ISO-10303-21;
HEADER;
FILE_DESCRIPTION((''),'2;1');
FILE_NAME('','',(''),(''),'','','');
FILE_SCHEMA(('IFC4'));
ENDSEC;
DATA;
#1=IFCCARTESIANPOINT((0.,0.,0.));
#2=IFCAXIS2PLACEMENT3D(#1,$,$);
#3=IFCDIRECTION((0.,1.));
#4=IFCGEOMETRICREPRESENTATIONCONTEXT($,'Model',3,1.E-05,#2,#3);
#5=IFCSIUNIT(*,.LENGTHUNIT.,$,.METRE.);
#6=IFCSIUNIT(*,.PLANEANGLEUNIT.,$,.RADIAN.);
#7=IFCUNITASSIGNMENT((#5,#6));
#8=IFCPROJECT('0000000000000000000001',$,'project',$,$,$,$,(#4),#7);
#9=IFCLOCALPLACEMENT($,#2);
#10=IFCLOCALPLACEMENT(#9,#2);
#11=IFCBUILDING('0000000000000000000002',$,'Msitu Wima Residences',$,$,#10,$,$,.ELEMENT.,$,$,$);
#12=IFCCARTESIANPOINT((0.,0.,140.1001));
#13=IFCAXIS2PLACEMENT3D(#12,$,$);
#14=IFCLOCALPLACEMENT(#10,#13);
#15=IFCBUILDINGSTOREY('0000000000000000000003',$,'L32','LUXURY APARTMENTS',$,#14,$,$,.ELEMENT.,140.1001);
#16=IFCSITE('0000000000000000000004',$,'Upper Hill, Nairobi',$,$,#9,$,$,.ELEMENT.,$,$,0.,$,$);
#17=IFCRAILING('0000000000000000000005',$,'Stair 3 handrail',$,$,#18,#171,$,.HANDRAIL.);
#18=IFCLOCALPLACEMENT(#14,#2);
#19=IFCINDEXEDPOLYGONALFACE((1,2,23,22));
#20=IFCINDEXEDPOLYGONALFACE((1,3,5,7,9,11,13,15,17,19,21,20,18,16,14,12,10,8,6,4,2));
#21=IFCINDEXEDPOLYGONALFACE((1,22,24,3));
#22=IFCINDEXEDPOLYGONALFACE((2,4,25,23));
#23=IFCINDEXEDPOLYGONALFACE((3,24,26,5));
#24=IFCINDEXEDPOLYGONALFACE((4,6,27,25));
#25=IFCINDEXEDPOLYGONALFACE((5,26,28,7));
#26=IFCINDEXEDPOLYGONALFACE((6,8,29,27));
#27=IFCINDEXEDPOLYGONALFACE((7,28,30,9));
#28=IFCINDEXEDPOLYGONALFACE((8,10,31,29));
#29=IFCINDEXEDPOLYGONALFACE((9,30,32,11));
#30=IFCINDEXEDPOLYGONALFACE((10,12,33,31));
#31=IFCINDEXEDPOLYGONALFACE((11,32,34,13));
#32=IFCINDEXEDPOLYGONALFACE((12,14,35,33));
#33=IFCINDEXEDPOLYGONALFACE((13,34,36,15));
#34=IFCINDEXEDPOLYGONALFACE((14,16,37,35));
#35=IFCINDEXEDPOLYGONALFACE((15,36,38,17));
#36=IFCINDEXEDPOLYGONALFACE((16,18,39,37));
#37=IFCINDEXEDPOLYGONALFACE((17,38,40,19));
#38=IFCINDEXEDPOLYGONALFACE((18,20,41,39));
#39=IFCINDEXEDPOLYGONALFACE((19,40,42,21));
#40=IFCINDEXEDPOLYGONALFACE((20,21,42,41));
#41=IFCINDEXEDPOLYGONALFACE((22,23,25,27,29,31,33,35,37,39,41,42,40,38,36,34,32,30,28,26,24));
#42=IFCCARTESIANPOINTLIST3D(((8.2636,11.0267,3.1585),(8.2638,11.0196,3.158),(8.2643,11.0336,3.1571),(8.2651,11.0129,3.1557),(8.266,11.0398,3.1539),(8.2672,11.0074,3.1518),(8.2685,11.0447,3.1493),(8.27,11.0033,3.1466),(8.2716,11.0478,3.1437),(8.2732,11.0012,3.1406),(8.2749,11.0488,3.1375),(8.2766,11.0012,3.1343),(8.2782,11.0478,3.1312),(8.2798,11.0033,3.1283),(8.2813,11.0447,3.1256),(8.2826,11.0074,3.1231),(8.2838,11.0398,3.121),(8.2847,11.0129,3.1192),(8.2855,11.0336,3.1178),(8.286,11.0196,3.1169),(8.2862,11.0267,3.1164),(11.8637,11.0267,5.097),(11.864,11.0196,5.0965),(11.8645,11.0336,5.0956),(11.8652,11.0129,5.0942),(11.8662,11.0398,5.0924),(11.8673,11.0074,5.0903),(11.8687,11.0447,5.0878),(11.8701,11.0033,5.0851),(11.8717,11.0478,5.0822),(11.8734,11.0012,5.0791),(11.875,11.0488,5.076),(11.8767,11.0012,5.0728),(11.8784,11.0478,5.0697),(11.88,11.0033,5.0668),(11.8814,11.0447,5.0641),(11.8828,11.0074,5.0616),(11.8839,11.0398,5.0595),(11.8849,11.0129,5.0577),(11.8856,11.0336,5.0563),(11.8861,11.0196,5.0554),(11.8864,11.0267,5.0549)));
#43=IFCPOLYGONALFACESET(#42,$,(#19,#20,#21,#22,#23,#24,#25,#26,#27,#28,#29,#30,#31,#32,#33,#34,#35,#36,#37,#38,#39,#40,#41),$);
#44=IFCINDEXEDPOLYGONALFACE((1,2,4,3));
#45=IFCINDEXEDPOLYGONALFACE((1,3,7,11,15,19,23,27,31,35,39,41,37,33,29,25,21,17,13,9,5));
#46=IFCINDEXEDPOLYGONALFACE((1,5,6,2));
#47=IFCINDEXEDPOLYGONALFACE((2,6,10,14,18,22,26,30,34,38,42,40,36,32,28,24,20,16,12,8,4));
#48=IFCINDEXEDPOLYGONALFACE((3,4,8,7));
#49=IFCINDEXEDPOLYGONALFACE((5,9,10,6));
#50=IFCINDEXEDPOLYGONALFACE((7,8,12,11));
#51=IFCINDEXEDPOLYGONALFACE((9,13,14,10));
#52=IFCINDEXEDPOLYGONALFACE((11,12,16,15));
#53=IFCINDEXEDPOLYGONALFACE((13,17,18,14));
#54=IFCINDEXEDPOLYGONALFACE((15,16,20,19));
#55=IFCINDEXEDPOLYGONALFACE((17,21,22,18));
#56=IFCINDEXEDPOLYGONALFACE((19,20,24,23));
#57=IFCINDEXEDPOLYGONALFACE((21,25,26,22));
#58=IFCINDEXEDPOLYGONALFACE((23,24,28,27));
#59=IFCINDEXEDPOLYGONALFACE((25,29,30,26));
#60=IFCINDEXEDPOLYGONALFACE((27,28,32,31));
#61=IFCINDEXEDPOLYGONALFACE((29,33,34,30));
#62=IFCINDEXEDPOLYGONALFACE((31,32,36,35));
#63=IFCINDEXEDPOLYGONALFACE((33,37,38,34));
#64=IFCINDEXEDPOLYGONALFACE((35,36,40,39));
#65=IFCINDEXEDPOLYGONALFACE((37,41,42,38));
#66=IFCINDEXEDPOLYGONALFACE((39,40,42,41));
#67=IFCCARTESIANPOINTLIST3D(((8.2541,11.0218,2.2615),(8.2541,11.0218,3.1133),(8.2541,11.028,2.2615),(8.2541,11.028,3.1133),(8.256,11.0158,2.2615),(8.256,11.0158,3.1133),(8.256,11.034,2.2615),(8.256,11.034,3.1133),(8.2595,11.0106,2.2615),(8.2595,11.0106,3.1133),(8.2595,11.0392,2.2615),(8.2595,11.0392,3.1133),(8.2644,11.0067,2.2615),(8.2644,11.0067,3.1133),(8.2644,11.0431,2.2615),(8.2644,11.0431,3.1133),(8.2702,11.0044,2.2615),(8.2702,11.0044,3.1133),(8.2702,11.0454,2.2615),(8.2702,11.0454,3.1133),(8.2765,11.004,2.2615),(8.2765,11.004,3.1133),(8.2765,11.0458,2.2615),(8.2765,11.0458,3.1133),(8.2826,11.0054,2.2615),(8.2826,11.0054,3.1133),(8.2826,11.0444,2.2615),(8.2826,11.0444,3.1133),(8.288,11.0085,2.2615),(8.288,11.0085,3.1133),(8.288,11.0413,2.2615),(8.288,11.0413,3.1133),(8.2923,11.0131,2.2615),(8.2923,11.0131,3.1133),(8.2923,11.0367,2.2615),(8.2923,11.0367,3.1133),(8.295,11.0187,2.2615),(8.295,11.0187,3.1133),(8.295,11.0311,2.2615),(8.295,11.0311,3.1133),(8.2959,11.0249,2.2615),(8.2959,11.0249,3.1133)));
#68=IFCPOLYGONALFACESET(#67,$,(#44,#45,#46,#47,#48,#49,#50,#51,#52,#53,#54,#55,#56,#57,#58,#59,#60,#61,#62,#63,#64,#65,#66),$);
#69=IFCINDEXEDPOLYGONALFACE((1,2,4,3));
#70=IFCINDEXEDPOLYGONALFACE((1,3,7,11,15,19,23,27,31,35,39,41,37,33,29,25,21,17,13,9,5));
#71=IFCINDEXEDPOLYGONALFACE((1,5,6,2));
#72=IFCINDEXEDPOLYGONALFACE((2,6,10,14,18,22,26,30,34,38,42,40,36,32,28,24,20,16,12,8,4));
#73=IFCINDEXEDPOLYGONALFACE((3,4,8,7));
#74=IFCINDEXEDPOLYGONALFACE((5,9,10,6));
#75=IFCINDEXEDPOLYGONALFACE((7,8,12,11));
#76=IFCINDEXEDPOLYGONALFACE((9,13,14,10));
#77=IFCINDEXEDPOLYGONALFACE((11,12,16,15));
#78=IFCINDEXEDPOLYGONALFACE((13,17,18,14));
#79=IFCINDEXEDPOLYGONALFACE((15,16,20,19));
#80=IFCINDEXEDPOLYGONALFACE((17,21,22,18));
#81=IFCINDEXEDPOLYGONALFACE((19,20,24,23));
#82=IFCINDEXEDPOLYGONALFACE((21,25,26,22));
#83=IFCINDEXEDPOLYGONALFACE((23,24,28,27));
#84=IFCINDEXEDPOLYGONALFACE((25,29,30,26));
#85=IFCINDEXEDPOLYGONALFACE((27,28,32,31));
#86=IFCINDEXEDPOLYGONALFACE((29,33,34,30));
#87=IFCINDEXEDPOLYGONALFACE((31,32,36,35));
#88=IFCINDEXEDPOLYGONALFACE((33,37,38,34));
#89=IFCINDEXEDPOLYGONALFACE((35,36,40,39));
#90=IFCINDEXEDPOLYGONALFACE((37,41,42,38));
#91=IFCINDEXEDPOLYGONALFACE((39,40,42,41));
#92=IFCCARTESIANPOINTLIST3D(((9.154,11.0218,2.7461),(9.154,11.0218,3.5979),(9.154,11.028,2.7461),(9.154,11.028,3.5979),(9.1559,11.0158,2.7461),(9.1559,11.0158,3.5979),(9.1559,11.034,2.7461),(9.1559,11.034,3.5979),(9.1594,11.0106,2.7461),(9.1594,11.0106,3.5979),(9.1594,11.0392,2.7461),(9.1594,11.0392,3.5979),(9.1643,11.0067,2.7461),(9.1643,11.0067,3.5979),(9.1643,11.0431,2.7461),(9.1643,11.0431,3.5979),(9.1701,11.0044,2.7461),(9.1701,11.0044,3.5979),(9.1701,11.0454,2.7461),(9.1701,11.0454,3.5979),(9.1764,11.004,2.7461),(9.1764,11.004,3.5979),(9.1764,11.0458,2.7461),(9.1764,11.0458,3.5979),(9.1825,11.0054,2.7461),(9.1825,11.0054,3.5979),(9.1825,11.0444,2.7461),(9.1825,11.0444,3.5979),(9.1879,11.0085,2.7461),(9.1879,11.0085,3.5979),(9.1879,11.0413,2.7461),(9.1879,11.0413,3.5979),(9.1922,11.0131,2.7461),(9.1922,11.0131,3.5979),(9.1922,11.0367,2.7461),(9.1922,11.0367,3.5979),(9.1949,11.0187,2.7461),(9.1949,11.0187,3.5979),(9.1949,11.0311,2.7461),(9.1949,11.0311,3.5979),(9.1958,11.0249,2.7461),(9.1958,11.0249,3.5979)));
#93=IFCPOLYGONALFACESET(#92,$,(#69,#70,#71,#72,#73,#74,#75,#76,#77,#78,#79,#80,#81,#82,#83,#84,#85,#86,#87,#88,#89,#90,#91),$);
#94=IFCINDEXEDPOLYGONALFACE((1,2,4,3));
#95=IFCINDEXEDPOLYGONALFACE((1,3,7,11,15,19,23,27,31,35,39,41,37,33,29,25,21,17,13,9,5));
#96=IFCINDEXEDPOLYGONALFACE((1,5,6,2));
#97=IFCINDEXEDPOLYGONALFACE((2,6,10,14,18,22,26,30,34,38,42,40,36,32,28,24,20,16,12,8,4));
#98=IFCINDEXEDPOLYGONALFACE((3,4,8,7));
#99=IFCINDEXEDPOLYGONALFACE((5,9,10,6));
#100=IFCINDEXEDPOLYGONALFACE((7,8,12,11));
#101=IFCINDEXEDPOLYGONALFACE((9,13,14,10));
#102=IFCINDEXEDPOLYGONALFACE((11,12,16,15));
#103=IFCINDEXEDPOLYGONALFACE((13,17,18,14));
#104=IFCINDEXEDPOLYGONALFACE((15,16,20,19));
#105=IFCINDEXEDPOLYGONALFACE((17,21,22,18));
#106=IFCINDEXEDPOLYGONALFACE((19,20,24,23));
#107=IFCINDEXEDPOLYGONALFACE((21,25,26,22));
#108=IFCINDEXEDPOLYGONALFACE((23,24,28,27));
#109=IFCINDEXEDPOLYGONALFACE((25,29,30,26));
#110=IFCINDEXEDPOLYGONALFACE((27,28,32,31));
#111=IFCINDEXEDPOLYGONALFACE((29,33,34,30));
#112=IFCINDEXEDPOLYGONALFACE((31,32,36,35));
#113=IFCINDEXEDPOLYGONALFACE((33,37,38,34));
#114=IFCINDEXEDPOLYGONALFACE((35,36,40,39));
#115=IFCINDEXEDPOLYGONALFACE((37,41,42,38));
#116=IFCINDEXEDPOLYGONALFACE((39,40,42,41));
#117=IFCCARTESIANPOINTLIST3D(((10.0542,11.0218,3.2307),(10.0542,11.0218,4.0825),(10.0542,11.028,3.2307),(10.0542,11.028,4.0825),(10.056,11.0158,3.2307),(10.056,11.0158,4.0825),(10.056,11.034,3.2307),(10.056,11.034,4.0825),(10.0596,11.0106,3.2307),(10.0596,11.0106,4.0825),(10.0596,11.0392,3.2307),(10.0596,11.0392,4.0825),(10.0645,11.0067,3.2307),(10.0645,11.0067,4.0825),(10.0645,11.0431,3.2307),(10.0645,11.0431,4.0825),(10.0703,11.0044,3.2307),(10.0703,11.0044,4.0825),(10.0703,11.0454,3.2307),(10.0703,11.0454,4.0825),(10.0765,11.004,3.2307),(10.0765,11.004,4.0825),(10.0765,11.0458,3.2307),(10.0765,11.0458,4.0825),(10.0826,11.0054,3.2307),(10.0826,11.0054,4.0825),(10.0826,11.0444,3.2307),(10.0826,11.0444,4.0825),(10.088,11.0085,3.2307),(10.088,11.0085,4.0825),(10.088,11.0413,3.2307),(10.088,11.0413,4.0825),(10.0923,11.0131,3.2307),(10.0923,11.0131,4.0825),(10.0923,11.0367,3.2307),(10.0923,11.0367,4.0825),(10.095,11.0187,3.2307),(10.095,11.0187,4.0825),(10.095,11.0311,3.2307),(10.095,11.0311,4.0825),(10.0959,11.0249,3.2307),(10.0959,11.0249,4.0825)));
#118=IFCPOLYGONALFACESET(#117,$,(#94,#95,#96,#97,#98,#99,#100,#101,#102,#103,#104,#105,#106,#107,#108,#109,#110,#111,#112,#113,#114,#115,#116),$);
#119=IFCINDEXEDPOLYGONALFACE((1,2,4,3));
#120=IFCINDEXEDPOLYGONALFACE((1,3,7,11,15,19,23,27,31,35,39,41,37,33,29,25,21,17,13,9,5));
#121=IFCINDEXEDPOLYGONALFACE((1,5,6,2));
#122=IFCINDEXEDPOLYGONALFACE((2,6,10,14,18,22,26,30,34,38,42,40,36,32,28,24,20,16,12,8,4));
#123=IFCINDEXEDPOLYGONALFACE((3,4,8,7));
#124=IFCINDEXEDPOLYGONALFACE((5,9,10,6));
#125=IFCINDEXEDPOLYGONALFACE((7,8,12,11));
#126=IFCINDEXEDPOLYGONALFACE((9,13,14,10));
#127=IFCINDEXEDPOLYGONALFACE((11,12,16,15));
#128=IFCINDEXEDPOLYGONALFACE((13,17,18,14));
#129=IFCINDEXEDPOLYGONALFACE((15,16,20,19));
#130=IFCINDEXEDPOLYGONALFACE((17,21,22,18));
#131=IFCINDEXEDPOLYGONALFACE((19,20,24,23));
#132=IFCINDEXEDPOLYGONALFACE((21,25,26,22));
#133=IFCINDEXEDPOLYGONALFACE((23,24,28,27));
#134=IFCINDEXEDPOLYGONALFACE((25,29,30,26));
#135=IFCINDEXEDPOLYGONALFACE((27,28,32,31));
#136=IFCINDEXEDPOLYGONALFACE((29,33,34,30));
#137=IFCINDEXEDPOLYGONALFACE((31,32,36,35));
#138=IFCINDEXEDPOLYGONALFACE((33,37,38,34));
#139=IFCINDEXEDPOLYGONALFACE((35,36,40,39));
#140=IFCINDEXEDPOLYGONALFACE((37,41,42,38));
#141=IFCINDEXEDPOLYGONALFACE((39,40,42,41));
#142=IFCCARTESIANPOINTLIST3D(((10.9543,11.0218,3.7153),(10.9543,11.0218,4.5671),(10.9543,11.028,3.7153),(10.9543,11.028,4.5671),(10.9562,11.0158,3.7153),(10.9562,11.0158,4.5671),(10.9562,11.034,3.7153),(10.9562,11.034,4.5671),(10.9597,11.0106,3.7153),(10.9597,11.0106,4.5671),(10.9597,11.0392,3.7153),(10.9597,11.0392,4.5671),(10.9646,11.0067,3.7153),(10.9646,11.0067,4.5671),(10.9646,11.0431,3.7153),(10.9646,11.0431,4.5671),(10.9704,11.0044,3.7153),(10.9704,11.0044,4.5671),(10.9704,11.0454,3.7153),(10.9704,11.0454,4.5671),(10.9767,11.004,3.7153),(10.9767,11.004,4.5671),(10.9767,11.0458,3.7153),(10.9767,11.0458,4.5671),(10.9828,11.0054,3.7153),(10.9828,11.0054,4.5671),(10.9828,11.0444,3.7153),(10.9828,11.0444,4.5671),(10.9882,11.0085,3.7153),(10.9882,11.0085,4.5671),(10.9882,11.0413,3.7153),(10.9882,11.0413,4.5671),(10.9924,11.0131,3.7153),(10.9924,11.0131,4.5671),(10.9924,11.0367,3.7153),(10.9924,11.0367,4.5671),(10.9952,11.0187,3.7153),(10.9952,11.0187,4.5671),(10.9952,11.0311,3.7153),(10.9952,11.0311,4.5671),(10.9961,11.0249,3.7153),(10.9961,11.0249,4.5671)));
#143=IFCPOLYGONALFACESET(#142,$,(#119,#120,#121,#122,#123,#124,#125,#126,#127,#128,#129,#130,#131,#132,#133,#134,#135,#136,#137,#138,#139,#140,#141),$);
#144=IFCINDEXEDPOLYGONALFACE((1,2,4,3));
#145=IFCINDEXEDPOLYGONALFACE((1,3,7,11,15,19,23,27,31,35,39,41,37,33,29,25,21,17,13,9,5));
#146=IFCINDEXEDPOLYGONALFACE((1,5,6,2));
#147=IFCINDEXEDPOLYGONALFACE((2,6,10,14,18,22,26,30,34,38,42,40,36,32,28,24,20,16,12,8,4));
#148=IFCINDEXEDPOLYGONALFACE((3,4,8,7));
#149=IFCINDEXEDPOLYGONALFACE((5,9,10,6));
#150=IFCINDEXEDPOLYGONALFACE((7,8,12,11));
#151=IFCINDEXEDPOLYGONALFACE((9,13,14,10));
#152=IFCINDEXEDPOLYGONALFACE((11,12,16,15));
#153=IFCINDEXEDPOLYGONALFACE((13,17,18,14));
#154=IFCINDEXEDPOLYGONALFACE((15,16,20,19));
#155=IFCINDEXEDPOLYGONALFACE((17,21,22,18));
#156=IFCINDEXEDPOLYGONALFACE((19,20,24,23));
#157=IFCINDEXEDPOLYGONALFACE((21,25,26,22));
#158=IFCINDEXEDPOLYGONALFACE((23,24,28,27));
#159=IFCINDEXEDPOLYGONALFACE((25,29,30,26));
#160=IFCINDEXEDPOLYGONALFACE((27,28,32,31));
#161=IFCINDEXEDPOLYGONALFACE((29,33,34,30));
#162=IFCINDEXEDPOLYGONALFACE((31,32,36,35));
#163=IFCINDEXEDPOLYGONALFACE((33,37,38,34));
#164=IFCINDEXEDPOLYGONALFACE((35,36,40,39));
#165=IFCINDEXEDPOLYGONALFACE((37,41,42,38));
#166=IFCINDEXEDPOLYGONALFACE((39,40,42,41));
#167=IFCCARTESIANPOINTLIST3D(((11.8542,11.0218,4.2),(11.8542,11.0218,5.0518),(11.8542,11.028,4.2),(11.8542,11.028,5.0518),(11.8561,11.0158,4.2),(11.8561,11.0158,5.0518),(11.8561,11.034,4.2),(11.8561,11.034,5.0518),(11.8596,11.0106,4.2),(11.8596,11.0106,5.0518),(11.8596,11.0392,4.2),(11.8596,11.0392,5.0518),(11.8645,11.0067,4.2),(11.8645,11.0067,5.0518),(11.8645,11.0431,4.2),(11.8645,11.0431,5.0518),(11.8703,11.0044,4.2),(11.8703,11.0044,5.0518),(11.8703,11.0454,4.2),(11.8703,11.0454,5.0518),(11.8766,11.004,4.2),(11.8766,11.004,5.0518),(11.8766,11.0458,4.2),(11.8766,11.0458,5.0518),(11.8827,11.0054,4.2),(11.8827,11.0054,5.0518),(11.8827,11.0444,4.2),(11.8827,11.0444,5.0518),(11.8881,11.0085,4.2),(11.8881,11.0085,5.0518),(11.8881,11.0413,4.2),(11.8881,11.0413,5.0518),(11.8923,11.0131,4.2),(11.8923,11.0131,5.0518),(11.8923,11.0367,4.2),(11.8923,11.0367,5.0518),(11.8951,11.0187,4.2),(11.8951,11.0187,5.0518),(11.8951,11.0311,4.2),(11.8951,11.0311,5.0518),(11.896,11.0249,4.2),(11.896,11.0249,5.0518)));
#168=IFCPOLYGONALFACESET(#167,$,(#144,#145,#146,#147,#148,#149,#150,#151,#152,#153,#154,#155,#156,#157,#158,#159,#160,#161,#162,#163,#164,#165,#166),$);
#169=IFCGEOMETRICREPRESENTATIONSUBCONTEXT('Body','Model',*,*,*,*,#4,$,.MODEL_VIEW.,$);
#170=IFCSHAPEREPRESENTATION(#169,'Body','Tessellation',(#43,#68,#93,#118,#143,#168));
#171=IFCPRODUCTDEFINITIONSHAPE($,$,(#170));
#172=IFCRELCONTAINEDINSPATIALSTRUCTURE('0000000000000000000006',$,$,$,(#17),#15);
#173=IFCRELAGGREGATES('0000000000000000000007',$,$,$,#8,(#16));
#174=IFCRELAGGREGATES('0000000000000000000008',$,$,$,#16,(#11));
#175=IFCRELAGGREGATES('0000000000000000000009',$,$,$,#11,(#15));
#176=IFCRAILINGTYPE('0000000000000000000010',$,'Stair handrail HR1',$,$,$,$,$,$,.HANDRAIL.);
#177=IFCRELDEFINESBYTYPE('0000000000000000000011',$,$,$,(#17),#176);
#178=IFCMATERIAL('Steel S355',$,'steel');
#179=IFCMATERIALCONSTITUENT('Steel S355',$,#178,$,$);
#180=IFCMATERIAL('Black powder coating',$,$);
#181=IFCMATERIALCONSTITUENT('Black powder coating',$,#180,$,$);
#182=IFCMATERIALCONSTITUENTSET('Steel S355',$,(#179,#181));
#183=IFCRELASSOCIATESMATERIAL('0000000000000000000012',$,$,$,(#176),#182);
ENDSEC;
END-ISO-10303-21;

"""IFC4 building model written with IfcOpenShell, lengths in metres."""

from ifc_helpers import new_model, si_unit, direction, frame, origin, origin_2d, place, context, subcontext, project, spatial, circle, extrude, material, constituent, constituent_set, type_object, element, save


model = new_model("IFC4")

# Units and contexts
model_context = context("Model", 3, precision=1e-05, world=origin(), true_north=direction((0.0, 1.0)))
body_context = subcontext(model_context, "Body", "Model", "MODEL_VIEW")
ifc_project = project(units=[si_unit("LENGTHUNIT", "METRE"), si_unit("PLANEANGLEUNIT", "RADIAN")], contexts=[model_context])

# Site, building, storey
site_placement = place(None, origin())
site = spatial("IfcSite", under=ifc_project, at=site_placement, Name="Upper Hill, Nairobi", CompositionType="ELEMENT", RefElevation=0.0)
building_placement = place(site_placement, origin())
building = spatial("IfcBuilding", under=site, at=building_placement, Name="Msitu Wima Residences", CompositionType="ELEMENT")
storey_placement = place(building_placement, frame((0.0, 0.0, 140.1001)))
storey = spatial("IfcBuildingStorey", under=building, at=storey_placement, Name="L32", Description="LUXURY APARTMENTS", CompositionType="ELEMENT", Elevation=140.1001)

# Railing
ifc_material_1 = material(Name="Steel S355", Category="steel")
ifc_constituent_1 = constituent(ifc_material_1, Name="Steel S355")
ifc_material_2 = material(Name="Black powder coating")
ifc_constituent_2 = constituent(ifc_material_2, Name="Black powder coating")
ifc_constituent_set = constituent_set(constituents=[ifc_constituent_1, ifc_constituent_2], Name="Steel S355")
railing_type = type_object("IfcRailingType", Name="Stair handrail HR1", PredefinedType="HANDRAIL", material=ifc_constituent_set)
for number, where, name in (
    (1, (8.2749, 11.0249, 2.2615), "Stair 3 handrail"),
):
    element("IfcRailing", number, at=place(storey_placement, frame(where)), inside=storey, type_object=railing_type, Name=name, PredefinedType="HANDRAIL", context=body_context, shape_type="SweptSolid", body=[
        extrude(circle(Radius=0.0239, at=origin_2d()), frame((0.0, 0.0, 0.876), z_axis=(0.880475, 0.0, 0.474093), x_axis=(0.0, 1.0, 0.0)), (0.0, 0.0, 1.0), 4.0889),
        extrude(circle(Radius=0.021, at=origin_2d()), origin(), (0.0, 0.0, 1.0), 0.8518),
        extrude(circle(Radius=0.021, at=origin_2d()), frame((0.8999, 0.0, 0.4846)), (0.0, 0.0, 1.0), 0.8518),
        extrude(circle(Radius=0.021, at=origin_2d()), frame((1.8, 0.0, 0.9692)), (0.0, 0.0, 1.0), 0.8518),
        extrude(circle(Radius=0.021, at=origin_2d()), frame((2.7002, 0.0, 1.4539)), (0.0, 0.0, 1.0), 0.8518),
        extrude(circle(Radius=0.021, at=origin_2d()), frame((3.6001, 0.0, 1.9385)), (0.0, 0.0, 1.0), 0.8518),
    ])

save(model, "model.ifc")
